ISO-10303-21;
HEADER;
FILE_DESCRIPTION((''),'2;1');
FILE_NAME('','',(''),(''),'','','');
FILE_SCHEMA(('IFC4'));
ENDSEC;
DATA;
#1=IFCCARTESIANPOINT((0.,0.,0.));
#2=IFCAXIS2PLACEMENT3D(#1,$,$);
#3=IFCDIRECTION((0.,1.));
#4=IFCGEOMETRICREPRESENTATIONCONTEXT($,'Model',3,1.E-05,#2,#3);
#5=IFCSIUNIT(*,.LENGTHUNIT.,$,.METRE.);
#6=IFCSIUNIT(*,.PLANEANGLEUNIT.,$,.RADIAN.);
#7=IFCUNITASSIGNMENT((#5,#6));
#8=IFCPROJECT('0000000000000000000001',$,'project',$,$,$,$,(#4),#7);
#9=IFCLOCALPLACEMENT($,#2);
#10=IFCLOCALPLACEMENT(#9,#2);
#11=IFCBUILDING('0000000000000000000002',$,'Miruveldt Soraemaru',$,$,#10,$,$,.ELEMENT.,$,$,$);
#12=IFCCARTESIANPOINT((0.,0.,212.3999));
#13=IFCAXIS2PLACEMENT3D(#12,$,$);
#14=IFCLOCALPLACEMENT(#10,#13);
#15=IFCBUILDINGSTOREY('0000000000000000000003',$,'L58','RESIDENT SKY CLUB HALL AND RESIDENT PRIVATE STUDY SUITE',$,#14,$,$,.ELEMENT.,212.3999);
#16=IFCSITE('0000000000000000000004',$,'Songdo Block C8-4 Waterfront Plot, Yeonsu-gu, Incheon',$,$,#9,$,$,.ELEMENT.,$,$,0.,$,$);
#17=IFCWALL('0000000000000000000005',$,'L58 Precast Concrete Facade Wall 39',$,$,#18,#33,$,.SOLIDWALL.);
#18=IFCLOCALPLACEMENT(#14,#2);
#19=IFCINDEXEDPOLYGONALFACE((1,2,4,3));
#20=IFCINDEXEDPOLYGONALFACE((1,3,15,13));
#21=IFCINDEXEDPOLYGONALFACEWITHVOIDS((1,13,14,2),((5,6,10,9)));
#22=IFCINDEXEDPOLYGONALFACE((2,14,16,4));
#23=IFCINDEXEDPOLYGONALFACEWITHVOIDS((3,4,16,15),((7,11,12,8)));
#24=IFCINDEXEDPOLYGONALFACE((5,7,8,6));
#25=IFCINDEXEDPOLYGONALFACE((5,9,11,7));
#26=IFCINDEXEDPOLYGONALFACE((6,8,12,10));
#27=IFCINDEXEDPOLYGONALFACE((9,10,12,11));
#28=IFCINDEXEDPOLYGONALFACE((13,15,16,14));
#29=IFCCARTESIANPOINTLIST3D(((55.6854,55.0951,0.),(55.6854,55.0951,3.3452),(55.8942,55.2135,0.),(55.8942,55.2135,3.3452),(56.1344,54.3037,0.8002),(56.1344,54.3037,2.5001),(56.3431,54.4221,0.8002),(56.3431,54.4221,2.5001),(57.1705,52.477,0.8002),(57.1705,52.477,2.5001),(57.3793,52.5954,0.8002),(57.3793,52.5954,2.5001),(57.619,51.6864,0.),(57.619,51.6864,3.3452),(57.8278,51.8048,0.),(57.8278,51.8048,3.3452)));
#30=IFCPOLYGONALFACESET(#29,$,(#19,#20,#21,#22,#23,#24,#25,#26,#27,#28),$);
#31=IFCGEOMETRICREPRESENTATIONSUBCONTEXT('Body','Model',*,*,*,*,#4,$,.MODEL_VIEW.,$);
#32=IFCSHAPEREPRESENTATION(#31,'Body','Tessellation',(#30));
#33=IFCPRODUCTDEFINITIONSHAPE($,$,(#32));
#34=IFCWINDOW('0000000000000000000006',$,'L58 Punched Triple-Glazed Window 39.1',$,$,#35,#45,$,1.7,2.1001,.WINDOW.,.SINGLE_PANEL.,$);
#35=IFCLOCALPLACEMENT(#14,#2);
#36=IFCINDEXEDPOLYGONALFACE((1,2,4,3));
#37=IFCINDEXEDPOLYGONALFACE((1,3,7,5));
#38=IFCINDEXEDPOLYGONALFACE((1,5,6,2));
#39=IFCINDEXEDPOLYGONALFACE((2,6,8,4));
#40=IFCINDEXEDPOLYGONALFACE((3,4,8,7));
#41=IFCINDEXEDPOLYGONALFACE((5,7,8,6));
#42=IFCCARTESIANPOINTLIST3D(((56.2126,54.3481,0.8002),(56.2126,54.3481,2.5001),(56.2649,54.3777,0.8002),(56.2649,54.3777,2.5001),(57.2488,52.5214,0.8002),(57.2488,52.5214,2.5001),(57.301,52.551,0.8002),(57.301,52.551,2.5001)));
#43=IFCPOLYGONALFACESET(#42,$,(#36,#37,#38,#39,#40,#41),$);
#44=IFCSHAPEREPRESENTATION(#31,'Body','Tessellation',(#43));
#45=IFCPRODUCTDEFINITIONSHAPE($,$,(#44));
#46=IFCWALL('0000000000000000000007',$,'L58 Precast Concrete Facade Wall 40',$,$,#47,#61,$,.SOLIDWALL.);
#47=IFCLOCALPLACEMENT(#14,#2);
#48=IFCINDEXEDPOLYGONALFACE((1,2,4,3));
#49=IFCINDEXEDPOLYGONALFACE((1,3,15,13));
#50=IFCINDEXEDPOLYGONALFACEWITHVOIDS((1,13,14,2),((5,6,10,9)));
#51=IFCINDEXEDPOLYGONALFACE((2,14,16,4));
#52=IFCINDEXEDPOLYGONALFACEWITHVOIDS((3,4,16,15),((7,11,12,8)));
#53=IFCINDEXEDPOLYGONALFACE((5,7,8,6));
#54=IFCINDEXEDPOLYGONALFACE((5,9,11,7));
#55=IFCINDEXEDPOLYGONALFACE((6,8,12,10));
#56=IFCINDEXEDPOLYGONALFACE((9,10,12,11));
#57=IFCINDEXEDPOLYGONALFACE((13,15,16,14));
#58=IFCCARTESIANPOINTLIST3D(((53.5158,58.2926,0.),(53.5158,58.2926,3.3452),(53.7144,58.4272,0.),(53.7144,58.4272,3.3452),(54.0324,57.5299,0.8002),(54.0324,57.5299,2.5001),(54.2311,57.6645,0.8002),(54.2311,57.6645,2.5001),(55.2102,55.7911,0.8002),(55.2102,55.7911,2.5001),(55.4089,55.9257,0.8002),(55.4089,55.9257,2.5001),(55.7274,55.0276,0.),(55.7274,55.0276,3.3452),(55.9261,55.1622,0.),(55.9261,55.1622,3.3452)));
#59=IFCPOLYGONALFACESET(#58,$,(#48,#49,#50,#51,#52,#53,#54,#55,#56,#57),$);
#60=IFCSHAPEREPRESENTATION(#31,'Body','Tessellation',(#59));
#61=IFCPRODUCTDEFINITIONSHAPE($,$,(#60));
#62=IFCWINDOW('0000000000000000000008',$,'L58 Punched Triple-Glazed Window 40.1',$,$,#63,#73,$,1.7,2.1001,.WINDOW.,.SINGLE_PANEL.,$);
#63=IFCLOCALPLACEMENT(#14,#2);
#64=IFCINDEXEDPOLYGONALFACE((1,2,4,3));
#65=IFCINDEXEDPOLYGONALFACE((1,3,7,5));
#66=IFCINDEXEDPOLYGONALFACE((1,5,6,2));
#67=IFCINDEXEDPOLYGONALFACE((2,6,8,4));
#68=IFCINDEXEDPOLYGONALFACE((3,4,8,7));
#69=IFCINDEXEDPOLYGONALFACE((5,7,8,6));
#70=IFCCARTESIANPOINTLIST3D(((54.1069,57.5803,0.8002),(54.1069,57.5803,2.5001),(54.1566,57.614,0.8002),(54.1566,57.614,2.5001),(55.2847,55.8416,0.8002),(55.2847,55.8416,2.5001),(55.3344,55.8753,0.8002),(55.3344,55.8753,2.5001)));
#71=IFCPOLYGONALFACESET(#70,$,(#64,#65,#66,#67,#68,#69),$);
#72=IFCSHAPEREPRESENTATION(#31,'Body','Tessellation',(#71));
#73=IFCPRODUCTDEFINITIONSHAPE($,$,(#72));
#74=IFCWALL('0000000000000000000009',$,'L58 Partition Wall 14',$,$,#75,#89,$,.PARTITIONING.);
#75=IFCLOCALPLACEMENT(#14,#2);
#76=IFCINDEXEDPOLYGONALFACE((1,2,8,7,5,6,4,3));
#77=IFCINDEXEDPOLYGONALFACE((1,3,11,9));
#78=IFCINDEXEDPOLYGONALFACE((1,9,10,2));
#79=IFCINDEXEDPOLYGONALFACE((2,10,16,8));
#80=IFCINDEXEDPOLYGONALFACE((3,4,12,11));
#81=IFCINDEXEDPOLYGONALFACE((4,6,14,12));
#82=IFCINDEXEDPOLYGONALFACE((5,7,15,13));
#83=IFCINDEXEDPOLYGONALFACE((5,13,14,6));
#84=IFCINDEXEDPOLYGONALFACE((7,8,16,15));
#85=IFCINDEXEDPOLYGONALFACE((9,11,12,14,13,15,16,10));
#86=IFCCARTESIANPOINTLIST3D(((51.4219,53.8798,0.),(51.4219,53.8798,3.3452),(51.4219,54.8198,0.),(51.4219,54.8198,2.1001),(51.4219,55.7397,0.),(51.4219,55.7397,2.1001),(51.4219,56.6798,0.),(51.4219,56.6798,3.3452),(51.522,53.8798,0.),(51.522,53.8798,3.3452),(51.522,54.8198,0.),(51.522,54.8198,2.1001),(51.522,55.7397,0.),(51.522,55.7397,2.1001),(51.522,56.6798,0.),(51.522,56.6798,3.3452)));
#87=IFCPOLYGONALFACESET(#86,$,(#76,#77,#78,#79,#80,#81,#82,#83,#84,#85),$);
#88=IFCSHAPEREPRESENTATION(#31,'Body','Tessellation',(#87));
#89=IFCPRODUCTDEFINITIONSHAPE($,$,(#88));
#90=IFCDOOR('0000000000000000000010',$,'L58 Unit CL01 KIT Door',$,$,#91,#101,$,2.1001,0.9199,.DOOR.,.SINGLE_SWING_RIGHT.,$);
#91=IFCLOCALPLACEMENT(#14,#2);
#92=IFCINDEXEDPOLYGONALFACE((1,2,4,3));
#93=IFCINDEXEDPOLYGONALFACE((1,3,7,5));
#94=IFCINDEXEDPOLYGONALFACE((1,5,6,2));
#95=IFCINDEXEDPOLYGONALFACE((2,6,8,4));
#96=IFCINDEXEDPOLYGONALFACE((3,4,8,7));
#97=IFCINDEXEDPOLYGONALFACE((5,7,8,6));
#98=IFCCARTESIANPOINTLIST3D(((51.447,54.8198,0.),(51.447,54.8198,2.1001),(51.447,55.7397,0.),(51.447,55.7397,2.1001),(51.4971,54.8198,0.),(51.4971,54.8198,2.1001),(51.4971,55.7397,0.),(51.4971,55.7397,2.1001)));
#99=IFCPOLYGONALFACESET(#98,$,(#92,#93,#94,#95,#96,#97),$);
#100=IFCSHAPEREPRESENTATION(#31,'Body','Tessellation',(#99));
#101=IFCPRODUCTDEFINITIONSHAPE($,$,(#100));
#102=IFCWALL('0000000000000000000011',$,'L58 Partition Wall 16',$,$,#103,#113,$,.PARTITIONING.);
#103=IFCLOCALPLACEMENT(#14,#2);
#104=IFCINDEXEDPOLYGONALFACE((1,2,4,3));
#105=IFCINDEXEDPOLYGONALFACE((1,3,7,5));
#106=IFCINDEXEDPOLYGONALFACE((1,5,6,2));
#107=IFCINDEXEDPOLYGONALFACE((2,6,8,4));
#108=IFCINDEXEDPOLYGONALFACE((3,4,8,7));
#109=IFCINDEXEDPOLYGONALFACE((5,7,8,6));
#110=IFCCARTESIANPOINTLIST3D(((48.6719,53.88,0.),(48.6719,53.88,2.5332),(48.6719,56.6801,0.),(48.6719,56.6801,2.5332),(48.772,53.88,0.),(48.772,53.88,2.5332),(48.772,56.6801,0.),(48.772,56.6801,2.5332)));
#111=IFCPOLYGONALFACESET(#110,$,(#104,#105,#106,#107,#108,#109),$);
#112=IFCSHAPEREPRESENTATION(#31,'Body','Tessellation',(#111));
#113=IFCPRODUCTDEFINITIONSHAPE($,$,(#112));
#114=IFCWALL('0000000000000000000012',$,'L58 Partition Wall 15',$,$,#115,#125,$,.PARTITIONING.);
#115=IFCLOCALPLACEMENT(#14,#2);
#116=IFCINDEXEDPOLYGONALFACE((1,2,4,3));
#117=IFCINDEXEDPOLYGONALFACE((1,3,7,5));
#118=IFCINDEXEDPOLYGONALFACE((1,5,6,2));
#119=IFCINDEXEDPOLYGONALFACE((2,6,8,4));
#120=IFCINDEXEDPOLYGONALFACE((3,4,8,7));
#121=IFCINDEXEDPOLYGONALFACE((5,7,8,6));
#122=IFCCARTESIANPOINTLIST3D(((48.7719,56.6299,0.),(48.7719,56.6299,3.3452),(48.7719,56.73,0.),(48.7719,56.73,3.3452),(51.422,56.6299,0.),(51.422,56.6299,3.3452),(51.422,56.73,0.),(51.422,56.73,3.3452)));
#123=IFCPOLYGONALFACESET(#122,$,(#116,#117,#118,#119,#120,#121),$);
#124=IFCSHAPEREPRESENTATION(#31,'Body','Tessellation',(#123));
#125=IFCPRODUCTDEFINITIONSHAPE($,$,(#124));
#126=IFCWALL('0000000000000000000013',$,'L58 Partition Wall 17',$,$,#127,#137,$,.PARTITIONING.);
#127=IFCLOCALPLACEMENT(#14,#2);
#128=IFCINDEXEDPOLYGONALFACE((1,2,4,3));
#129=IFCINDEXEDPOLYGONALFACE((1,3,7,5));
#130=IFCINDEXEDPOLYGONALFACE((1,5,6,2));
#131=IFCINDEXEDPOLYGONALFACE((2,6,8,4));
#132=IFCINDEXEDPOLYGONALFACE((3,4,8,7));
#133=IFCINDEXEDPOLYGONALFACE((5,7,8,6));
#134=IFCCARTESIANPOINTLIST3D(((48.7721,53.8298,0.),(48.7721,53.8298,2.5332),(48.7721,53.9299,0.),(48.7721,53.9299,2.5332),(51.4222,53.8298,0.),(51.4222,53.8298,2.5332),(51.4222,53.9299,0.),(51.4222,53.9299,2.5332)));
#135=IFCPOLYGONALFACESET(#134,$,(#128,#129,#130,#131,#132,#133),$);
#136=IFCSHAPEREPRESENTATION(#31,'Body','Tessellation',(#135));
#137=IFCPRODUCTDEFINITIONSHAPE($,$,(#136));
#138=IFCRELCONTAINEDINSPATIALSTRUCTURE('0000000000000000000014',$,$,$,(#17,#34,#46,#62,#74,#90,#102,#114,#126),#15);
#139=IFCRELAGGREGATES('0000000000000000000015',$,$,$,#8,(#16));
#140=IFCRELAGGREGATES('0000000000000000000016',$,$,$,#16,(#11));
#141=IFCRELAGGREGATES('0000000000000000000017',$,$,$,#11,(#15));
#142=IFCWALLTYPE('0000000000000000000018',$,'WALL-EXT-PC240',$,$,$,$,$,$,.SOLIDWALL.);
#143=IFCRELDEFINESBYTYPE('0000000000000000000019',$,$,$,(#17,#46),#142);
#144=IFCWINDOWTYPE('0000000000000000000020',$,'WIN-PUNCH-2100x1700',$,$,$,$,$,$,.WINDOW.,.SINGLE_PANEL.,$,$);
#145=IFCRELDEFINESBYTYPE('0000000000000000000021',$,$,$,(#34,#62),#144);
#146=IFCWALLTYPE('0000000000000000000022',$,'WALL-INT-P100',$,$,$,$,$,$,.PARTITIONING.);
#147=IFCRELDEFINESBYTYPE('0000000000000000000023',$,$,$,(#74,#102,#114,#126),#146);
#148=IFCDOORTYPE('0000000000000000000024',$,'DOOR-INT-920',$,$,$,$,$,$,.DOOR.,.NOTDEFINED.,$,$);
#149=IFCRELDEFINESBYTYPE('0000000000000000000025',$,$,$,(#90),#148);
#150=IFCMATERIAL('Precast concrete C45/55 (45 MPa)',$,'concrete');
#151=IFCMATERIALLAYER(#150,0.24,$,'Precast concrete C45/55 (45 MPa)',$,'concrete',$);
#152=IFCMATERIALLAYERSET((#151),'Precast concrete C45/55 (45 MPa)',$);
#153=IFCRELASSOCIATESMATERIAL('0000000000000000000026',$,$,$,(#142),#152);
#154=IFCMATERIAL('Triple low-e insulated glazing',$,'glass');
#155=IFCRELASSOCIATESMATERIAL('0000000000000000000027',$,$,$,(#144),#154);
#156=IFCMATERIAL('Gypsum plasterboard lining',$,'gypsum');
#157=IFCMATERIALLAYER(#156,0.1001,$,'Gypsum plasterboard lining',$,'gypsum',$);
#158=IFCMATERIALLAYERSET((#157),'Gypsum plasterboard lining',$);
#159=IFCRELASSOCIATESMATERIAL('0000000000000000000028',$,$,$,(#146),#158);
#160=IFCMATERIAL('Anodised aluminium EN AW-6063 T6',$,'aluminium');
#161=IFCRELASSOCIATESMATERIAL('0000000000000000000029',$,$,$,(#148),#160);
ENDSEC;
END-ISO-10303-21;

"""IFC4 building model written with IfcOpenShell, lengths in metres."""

from ifc_helpers import new_model, si_unit, direction, frame, frame_2d, origin, place, context, subcontext, project, spatial, rectangle, extrude, material, layer, layer_set, type_object, element, fill, save


model = new_model("IFC4")

# Units and contexts
model_context = context("Model", 3, precision=1e-05, world=origin(), true_north=direction((0.0, 1.0)))
body_context = subcontext(model_context, "Body", "Model", "MODEL_VIEW")
ifc_project = project(units=[si_unit("LENGTHUNIT", "METRE"), si_unit("PLANEANGLEUNIT", "RADIAN")], contexts=[model_context])

# Site, building, storey
site_placement = place(None, origin())
site = spatial("IfcSite", under=ifc_project, at=site_placement, Name="Songdo Block C8-4 Waterfront Plot, Yeonsu-gu, Incheon", CompositionType="ELEMENT", RefElevation=0.0)
building_placement = place(site_placement, origin())
building = spatial("IfcBuilding", under=site, at=building_placement, Name="Miruveldt Soraemaru", CompositionType="ELEMENT")
storey_placement = place(building_placement, frame((0.0, 0.0, 212.3999)))
storey = spatial("IfcBuildingStorey", under=building, at=storey_placement, Name="L58", Description="RESIDENT SKY CLUB HALL AND RESIDENT PRIVATE STUDY SUITE", CompositionType="ELEMENT", Elevation=212.3999)

# Walls, openings, windows
ifc_material_1 = material(Name="Precast concrete C45/55 (45 MPa)", Category="concrete")
ifc_layer_1 = layer(ifc_material_1, 0.24, Name="Precast concrete C45/55 (45 MPa)", Category="concrete")
ifc_layer_set_1 = layer_set([ifc_layer_1], Name="Precast concrete C45/55 (45 MPa)")
wall_type_1 = type_object("IfcWallType", Name="WALL-EXT-PC240", PredefinedType="SOLIDWALL", material=ifc_layer_set_1)
wall_1_placement = place(storey_placement, frame((57.7234, 51.7456, 0.0), z_axis=(0.0, 0.0, 1.0), x_axis=(-0.493399, 0.869803, 0.0)))
wall_1 = element("IfcWall", 1, at=wall_1_placement, inside=storey, type_object=wall_type_1, Name="L58 Precast Concrete Facade Wall 39", PredefinedType="SOLIDWALL", context=body_context, shape_type="SweptSolid", body=[
    extrude(rectangle(XDim=3.9189, YDim=0.24, at=frame_2d((1.9595, 0.0))), origin(), (0.0, 0.0, 1.0), 3.3452),
])
opening_1_placement = place(wall_1_placement, frame((0.9089, 0.0, 0.8)))
opening_1 = element("IfcOpeningElement", 2, at=opening_1_placement, cuts=wall_1, PredefinedType="OPENING", context=body_context, shape_type="SweptSolid", body=[
    extrude(rectangle(XDim=2.1001, YDim=1.7, at=frame_2d((1.05, 0.8501))), frame((0.0, 0.1299, 0.0), z_axis=(0.0, -1.0, 0.0), x_axis=(1.0, 0.0, 0.0)), (0.0, 0.0, 1.0), 0.26),
])
ifc_material_2 = material(Name="Triple low-e insulated glazing", Category="glass")
window_type = type_object("IfcWindowType", Name="WIN-PUNCH-2100x1700", PartitioningType="SINGLE_PANEL", PredefinedType="WINDOW", material=ifc_material_2)
window_1_placement = place(opening_1_placement, origin())
window_1 = element("IfcWindow", 3, at=window_1_placement, inside=storey, type_object=window_type, Name="L58 Punched Triple-Glazed Window 39.1", OverallHeight=1.7, OverallWidth=2.1001, PartitioningType="SINGLE_PANEL", PredefinedType="WINDOW", context=body_context, shape_type="SweptSolid", body=[
    extrude(rectangle(XDim=2.1001, YDim=1.7, at=frame_2d((1.05, 0.8501))), frame((0.0, 0.03, 0.0), z_axis=(0.0, -1.0, 0.0), x_axis=(1.0, 0.0, 0.0)), (0.0, 0.0, 1.0), 0.0601),
])
fill(opening_1, window_1)
wall_2_placement = place(storey_placement, frame((55.8267, 55.095, 0.0), z_axis=(0.0, 0.0, 1.0), x_axis=(-0.560814, 0.827942, 0.0)))
wall_2 = element("IfcWall", 4, at=wall_2_placement, inside=storey, type_object=wall_type_1, Name="L58 Precast Concrete Facade Wall 40", PredefinedType="SOLIDWALL", context=body_context, shape_type="SweptSolid", body=[
    extrude(rectangle(XDim=3.9436, YDim=0.24, at=frame_2d((1.9717, 0.0))), origin(), (0.0, 0.0, 1.0), 3.3452),
])
opening_2_placement = place(wall_2_placement, frame((0.9221, 0.0, 0.8)))
opening_2 = element("IfcOpeningElement", 5, at=opening_2_placement, cuts=wall_2, PredefinedType="OPENING", context=body_context, shape_type="SweptSolid", body=[
    extrude(rectangle(XDim=2.1001, YDim=1.7, at=frame_2d((1.05, 0.8501))), frame((0.0, 0.1299, 0.0), z_axis=(0.0, -1.0, 0.0), x_axis=(1.0, 0.0, 0.0)), (0.0, 0.0, 1.0), 0.26),
])
window_2_placement = place(opening_2_placement, origin())
window_2 = element("IfcWindow", 6, at=window_2_placement, inside=storey, type_object=window_type, Name="L58 Punched Triple-Glazed Window 40.1", OverallHeight=1.7, OverallWidth=2.1001, PartitioningType="SINGLE_PANEL", PredefinedType="WINDOW", context=body_context, shape_type="SweptSolid", body=[
    extrude(rectangle(XDim=2.1001, YDim=1.7, at=frame_2d((1.05, 0.8501))), frame((0.0, 0.03, 0.0), z_axis=(0.0, -1.0, 0.0), x_axis=(1.0, 0.0, 0.0)), (0.0, 0.0, 1.0), 0.0601),
])
fill(opening_2, window_2)

# Wall, opening, door
ifc_material_3 = material(Name="Gypsum plasterboard lining", Category="gypsum")
ifc_layer_2 = layer(ifc_material_3, 0.1001, Name="Gypsum plasterboard lining", Category="gypsum")
ifc_layer_set_2 = layer_set([ifc_layer_2], Name="Gypsum plasterboard lining")
wall_type_2 = type_object("IfcWallType", Name="WALL-INT-P100", PredefinedType="PARTITIONING", material=ifc_layer_set_2)
wall_3_placement = place(storey_placement, frame((51.4719, 53.8799, 0.0), z_axis=(0.0, 0.0, 1.0), x_axis=(0.0, 1.0, 0.0)))
wall_3 = element("IfcWall", 7, at=wall_3_placement, inside=storey, type_object=wall_type_2, Name="L58 Partition Wall 14", PredefinedType="PARTITIONING", context=body_context, shape_type="SweptSolid", body=[
    extrude(rectangle(XDim=2.8, YDim=0.1001, at=frame_2d((1.3999, 0.0))), origin(), (0.0, 0.0, 1.0), 3.3452),
])
opening_3_placement = place(wall_3_placement, frame((0.9399, 0.0, 0.0)))
opening_3 = element("IfcOpeningElement", 8, at=opening_3_placement, cuts=wall_3, PredefinedType="OPENING", context=body_context, shape_type="SweptSolid", body=[
    extrude(rectangle(XDim=0.9199, YDim=2.1001, at=frame_2d((0.46, 1.05))), frame((0.0, 0.0601, 0.0), z_axis=(0.0, -1.0, 0.0), x_axis=(1.0, 0.0, 0.0)), (0.0, 0.0, 1.0), 0.1201),
])
ifc_material_4 = material(Name="Anodised aluminium EN AW-6063 T6", Category="aluminium")
door_type = type_object("IfcDoorType", Name="DOOR-INT-920", OperationType="NOTDEFINED", PredefinedType="DOOR", material=ifc_material_4)
door_placement = place(opening_3_placement, origin())
door = element("IfcDoor", 9, at=door_placement, inside=storey, type_object=door_type, Name="L58 Unit CL01 KIT Door", OperationType="SINGLE_SWING_RIGHT", OverallHeight=2.1001, OverallWidth=0.9199, PredefinedType="DOOR", context=body_context, shape_type="SweptSolid", body=[
    extrude(rectangle(XDim=0.9199, YDim=2.1001, at=frame_2d((0.46, 1.05))), frame((0.0, 0.0249, 0.0), z_axis=(0.0, -1.0, 0.0), x_axis=(1.0, 0.0, 0.0)), (0.0, 0.0, 1.0), 0.05),
])
fill(opening_3, door)

# Walls
wall_4_placement = place(storey_placement, frame((48.7219, 56.6799, 0.0), z_axis=(0.0, 0.0, 1.0), x_axis=(0.0, -1.0, 0.0)))
element("IfcWall", 10, at=wall_4_placement, inside=storey, type_object=wall_type_2, Name="L58 Partition Wall 16", PredefinedType="PARTITIONING", context=body_context, shape_type="SweptSolid", body=[
    extrude(rectangle(XDim=2.8, YDim=0.1001, at=frame_2d((1.3999, 0.0))), origin(), (0.0, 0.0, 1.0), 2.5332),
])
wall_5_placement = place(storey_placement, frame((51.4221, 56.6799, 0.0), z_axis=(0.0, 0.0, 1.0), x_axis=(-1.0, 0.0, 0.0)))
element("IfcWall", 11, at=wall_5_placement, inside=storey, type_object=wall_type_2, Name="L58 Partition Wall 15", PredefinedType="PARTITIONING", context=body_context, shape_type="SweptSolid", body=[
    extrude(rectangle(XDim=2.6501, YDim=0.1001, at=frame_2d((1.3252, 0.0))), origin(), (0.0, 0.0, 1.0), 3.3452),
])
wall_6_placement = place(storey_placement, frame((48.772, 53.8799, 0.0), z_axis=(0.0, 0.0, 1.0), x_axis=(1.0, 0.0, 0.0)))
element("IfcWall", 12, at=wall_6_placement, inside=storey, type_object=wall_type_2, Name="L58 Partition Wall 17", PredefinedType="PARTITIONING", context=body_context, shape_type="SweptSolid", body=[
    extrude(rectangle(XDim=2.6501, YDim=0.1001, at=frame_2d((1.3252, 0.0))), origin(), (0.0, 0.0, 1.0), 2.5332),
])

save(model, "model.ifc")
